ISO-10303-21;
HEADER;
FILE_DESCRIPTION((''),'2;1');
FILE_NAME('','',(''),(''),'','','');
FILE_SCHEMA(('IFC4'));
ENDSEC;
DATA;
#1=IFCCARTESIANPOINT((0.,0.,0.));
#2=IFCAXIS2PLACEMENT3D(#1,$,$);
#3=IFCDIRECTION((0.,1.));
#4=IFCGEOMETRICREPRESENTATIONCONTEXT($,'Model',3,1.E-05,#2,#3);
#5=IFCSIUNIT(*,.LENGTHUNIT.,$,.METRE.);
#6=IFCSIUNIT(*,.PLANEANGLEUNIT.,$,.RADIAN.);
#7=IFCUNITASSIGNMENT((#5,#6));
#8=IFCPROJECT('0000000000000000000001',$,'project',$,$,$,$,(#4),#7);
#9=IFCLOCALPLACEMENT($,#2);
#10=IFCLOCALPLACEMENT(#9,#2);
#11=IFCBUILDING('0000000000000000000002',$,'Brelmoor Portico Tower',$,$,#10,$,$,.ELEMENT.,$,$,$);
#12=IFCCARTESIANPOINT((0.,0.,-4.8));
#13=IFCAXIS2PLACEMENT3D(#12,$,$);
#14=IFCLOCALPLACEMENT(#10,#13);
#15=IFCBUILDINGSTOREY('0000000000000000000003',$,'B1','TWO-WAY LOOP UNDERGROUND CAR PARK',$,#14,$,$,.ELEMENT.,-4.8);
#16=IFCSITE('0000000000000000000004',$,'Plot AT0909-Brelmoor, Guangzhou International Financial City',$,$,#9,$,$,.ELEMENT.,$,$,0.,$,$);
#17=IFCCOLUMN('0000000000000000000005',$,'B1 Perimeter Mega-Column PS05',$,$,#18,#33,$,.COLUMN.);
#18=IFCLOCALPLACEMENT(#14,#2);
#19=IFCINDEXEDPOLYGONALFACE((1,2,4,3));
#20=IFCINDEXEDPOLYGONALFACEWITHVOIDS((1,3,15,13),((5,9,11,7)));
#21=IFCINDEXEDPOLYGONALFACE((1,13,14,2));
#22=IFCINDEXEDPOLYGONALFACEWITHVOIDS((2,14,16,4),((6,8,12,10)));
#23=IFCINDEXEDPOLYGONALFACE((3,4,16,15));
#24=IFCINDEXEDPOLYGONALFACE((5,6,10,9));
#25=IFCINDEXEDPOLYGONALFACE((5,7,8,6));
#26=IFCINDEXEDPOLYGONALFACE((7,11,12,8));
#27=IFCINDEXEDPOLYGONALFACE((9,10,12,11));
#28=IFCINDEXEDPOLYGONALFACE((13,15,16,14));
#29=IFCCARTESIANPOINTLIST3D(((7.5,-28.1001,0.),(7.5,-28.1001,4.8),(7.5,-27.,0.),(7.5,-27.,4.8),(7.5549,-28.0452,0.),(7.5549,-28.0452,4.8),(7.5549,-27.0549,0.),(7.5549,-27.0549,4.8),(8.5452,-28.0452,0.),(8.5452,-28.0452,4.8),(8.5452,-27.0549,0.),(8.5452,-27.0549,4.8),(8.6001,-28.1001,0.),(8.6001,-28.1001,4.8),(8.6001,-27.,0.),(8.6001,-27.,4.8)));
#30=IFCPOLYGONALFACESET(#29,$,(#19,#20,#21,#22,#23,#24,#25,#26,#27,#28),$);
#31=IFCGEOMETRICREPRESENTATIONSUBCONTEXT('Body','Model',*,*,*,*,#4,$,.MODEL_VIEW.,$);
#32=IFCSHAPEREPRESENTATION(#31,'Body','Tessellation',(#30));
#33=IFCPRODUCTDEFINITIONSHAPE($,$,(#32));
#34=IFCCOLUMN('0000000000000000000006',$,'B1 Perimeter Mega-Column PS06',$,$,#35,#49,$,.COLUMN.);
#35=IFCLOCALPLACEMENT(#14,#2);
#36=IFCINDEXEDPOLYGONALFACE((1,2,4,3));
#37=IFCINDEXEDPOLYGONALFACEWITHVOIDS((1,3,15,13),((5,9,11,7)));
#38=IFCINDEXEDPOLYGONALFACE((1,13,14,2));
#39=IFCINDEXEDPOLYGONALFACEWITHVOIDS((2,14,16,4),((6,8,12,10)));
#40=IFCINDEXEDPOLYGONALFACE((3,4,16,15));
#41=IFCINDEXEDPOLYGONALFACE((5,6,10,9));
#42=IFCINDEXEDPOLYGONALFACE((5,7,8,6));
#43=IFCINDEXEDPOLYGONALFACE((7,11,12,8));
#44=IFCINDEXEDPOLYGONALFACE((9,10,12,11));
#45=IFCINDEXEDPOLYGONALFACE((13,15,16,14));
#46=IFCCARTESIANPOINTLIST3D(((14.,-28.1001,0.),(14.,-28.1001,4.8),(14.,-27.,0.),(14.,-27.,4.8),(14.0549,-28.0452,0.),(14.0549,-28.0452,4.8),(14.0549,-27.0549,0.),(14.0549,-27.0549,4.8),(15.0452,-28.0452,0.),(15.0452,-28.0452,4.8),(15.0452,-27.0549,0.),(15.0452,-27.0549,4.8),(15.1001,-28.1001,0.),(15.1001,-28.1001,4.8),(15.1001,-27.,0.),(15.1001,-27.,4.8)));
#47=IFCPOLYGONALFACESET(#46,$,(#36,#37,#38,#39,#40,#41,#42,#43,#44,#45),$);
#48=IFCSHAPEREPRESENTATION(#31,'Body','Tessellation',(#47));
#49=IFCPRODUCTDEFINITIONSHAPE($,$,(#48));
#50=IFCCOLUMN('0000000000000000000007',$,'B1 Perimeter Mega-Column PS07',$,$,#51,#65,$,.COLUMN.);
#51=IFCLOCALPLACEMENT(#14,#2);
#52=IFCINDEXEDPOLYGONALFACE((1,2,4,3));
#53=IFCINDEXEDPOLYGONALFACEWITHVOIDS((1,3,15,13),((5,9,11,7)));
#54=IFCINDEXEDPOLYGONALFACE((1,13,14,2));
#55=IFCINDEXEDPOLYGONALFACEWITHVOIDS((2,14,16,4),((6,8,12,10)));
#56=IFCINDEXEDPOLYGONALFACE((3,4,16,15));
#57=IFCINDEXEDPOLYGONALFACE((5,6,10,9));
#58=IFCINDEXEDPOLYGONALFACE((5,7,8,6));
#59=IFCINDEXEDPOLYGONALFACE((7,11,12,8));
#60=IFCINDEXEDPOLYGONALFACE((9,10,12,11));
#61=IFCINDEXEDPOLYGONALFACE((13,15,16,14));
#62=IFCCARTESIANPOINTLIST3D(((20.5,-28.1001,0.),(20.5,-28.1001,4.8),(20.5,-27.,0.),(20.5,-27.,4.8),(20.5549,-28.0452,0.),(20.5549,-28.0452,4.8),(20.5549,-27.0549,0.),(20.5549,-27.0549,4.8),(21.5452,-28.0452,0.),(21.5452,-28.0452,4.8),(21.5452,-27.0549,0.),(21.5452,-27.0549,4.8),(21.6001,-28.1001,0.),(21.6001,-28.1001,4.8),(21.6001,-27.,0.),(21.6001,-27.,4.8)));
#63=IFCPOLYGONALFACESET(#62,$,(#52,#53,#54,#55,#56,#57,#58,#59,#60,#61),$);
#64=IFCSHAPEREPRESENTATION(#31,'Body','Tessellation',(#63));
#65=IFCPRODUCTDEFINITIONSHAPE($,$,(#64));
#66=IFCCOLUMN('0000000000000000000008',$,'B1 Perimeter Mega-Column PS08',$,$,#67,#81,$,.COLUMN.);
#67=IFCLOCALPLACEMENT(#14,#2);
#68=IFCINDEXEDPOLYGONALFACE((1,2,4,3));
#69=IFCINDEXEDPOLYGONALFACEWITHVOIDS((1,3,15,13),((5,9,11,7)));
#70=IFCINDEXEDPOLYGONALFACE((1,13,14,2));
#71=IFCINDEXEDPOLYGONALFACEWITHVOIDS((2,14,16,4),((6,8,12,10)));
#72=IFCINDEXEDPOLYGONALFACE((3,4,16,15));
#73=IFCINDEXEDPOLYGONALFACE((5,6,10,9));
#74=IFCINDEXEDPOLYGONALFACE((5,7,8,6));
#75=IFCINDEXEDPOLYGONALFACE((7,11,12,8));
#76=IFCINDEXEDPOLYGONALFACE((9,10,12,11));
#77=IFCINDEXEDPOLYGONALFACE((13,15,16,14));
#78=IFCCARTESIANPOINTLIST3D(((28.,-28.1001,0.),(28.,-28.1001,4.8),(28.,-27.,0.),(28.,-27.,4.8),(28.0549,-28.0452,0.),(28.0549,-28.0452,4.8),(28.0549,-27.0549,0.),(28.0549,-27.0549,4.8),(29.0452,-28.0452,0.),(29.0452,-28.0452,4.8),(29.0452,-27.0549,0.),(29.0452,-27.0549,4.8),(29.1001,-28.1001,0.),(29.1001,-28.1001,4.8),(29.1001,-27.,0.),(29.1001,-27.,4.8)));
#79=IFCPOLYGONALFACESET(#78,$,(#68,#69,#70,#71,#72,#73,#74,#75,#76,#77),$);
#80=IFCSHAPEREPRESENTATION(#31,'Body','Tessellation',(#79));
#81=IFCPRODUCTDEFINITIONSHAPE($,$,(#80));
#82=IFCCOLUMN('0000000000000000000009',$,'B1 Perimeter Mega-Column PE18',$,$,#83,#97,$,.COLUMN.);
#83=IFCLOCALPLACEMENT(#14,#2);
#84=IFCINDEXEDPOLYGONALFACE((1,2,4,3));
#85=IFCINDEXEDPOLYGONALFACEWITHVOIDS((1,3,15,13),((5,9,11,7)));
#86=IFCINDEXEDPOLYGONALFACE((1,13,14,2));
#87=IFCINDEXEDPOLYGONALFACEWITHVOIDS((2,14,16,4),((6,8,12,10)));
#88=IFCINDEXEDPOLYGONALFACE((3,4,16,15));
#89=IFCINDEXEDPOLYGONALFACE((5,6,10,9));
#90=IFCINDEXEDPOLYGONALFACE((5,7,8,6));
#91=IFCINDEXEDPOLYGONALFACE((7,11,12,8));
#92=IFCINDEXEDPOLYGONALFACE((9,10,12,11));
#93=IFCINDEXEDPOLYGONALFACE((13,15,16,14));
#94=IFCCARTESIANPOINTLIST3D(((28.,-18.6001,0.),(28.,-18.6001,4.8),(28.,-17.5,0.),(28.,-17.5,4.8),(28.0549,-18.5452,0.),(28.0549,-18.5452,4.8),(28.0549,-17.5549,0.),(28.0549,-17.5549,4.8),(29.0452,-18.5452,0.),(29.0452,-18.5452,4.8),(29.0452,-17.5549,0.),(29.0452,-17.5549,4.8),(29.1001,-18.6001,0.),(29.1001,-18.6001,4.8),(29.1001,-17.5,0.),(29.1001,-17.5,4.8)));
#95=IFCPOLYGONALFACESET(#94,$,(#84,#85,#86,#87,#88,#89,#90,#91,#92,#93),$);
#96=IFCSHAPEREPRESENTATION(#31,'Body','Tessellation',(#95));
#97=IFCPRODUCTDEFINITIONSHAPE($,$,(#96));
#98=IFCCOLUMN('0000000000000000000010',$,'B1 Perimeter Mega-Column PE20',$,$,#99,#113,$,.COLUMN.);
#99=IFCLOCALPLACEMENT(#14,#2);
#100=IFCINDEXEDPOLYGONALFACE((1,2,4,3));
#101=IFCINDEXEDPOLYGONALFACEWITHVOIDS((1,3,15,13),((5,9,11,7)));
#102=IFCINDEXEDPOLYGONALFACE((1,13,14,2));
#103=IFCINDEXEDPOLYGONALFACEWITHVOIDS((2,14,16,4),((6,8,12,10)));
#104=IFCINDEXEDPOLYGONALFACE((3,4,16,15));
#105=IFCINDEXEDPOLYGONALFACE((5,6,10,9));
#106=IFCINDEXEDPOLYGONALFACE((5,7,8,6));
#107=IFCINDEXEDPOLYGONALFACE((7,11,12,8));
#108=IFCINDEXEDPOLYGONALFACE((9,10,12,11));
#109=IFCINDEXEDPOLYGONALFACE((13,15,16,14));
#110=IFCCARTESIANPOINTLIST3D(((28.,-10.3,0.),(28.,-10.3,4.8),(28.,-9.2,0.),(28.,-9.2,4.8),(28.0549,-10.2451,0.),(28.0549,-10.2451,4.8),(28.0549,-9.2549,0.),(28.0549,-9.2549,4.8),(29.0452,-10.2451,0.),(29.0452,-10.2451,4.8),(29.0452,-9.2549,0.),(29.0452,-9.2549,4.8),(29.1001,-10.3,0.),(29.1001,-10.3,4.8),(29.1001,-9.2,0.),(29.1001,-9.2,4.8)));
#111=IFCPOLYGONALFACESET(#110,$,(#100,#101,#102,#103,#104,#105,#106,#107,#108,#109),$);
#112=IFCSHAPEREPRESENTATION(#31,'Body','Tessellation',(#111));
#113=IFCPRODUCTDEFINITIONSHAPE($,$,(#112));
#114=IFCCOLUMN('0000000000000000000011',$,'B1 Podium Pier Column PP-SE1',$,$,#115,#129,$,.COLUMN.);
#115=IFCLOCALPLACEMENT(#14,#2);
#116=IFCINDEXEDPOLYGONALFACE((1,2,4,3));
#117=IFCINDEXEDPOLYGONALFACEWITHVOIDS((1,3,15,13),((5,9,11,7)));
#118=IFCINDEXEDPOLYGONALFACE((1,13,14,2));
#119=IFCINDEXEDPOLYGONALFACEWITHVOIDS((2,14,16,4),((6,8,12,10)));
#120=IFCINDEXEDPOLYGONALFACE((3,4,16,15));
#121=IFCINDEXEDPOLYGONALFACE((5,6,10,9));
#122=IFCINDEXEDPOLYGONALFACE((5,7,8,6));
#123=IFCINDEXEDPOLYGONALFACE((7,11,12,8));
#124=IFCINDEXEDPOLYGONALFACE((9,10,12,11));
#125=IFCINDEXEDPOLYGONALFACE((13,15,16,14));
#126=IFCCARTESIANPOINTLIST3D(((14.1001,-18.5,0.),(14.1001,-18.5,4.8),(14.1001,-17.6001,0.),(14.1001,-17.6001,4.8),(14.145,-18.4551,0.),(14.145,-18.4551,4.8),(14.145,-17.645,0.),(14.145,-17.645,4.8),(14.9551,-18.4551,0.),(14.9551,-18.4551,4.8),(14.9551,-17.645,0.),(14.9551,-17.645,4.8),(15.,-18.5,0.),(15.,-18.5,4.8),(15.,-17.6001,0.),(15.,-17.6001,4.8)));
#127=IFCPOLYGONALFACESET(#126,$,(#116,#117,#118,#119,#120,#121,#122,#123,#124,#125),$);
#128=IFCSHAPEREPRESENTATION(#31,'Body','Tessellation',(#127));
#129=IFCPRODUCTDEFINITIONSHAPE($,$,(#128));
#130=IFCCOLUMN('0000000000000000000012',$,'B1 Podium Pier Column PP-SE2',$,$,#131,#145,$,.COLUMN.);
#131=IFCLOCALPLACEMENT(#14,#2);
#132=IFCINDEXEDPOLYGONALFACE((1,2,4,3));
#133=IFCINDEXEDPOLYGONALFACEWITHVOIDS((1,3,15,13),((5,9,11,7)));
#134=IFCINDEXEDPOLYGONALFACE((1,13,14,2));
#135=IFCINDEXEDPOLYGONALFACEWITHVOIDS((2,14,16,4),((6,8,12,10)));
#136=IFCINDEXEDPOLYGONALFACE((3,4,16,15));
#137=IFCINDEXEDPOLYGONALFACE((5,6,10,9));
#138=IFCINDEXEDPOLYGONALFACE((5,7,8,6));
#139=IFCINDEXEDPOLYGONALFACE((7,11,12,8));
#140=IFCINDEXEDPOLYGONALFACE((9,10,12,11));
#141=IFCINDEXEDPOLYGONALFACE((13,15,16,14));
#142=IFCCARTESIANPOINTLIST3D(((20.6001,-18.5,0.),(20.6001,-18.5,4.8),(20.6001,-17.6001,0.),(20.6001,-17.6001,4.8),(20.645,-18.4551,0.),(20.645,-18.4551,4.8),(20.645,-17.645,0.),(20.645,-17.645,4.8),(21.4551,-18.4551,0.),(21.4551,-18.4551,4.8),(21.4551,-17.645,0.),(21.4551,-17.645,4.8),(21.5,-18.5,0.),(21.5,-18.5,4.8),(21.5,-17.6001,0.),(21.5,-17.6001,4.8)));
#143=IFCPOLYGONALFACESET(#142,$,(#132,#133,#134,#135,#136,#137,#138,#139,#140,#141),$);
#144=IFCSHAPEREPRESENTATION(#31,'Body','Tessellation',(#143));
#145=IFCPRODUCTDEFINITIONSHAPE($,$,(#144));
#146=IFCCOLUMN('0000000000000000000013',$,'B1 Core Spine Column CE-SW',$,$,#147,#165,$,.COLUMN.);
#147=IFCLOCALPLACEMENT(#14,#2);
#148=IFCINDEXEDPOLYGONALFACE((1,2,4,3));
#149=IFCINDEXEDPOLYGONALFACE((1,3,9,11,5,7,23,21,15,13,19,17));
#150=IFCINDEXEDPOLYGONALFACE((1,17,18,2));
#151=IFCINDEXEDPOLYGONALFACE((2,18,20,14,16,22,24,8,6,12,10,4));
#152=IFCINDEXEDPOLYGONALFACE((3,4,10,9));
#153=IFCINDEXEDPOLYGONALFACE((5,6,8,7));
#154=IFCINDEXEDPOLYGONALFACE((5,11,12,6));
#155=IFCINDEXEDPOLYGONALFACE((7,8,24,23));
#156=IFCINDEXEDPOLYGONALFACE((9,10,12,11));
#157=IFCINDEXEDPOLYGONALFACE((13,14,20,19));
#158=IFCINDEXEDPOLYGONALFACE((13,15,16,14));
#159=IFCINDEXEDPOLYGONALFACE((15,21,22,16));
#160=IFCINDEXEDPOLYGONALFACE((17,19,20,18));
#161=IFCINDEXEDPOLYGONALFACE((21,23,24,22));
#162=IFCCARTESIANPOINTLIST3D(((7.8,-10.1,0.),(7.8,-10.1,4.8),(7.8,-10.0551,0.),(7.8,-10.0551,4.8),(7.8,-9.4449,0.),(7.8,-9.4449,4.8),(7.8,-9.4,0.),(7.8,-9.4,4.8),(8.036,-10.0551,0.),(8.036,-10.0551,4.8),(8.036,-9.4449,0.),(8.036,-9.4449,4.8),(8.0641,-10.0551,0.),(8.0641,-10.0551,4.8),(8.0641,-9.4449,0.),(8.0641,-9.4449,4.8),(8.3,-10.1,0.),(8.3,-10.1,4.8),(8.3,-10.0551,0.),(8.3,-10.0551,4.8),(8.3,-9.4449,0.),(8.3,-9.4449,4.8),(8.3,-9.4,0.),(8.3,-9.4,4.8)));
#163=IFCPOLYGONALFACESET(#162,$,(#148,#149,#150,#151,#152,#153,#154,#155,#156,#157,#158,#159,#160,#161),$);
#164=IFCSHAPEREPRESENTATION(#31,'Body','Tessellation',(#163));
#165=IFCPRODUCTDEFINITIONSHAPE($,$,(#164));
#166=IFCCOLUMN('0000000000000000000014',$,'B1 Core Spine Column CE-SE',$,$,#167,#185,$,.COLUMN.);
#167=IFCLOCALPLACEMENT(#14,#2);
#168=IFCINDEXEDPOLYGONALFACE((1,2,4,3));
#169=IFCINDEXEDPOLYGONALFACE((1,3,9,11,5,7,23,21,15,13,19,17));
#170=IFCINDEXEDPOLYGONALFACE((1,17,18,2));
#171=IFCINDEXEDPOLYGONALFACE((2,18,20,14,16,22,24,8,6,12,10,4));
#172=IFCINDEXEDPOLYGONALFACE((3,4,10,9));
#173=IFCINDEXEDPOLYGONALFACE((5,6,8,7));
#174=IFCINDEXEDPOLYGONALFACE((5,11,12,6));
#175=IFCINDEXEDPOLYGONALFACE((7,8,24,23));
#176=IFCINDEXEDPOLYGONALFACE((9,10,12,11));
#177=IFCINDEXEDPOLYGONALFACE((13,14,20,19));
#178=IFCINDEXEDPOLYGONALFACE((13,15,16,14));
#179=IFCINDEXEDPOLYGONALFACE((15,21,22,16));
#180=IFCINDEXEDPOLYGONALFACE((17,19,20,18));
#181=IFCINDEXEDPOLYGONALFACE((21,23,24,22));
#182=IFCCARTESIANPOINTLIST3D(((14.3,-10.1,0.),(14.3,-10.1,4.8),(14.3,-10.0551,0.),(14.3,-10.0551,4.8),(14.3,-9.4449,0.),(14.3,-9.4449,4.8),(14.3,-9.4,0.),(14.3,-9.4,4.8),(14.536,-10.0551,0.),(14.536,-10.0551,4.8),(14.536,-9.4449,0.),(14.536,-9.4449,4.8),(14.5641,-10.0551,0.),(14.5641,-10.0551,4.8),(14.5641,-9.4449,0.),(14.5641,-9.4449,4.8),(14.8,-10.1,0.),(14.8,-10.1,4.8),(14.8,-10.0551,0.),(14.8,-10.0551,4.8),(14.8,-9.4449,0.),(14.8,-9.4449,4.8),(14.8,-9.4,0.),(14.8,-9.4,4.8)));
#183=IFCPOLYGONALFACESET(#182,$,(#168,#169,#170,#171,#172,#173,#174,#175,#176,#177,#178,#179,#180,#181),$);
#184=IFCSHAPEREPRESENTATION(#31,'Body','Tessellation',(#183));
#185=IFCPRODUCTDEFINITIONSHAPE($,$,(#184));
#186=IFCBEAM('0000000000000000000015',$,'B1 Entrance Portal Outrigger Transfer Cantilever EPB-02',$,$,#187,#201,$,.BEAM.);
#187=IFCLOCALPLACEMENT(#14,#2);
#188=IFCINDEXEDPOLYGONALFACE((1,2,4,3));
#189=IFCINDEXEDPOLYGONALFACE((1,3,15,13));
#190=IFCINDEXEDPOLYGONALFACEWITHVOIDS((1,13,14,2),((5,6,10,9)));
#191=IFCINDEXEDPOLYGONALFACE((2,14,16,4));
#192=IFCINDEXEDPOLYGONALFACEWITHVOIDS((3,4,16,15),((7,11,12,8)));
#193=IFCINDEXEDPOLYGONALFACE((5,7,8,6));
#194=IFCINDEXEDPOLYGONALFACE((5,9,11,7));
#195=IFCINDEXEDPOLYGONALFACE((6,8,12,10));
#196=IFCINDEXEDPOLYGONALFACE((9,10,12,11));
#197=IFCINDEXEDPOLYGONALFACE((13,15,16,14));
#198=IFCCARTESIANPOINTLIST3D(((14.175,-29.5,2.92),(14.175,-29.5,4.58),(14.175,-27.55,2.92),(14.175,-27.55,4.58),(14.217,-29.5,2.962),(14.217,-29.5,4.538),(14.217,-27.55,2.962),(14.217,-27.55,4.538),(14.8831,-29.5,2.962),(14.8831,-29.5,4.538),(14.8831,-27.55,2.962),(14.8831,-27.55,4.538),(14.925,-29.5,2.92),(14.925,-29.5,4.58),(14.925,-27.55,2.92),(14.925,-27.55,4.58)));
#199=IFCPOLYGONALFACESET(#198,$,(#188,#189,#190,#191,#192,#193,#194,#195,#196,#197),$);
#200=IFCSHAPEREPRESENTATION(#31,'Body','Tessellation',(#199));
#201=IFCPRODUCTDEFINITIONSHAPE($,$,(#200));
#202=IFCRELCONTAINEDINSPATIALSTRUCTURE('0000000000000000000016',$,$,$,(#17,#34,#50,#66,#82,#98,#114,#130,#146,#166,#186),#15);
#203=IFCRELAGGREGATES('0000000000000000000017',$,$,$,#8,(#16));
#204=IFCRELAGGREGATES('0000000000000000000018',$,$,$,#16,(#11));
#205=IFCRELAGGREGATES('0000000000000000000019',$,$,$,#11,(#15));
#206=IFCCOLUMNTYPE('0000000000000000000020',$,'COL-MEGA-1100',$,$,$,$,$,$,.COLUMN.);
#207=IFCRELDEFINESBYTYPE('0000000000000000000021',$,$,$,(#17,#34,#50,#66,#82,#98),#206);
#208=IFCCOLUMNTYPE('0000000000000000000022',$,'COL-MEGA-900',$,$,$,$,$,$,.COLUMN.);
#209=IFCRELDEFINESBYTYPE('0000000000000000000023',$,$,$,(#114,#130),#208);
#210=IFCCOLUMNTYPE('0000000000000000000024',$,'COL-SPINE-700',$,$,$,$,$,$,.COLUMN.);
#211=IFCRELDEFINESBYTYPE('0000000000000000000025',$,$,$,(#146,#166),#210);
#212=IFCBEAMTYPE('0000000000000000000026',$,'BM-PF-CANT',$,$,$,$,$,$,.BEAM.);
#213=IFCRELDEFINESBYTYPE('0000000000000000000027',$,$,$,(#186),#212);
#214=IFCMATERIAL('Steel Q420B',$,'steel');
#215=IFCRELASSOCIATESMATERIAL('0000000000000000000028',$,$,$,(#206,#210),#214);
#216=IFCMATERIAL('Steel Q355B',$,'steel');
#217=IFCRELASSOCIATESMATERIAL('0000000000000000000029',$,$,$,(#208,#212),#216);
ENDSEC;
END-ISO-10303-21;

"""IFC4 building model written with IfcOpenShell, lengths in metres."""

from ifc_helpers import new_model, si_unit, direction, frame, origin, origin_2d, place, context, subcontext, project, spatial, hollow_rectangle, i_section, extrude, material, material_profile, profile_set, type_object, element, save


model = new_model("IFC4")

# Units and contexts
model_context = context("Model", 3, precision=1e-05, world=origin(), true_north=direction((0.0, 1.0)))
body_context = subcontext(model_context, "Body", "Model", "MODEL_VIEW")
ifc_project = project(units=[si_unit("LENGTHUNIT", "METRE"), si_unit("PLANEANGLEUNIT", "RADIAN")], contexts=[model_context])

# Site, building, storey
site_placement = place(None, origin())
site = spatial("IfcSite", under=ifc_project, at=site_placement, Name="Plot AT0909-Brelmoor, Guangzhou International Financial City", CompositionType="ELEMENT", RefElevation=0.0)
building_placement = place(site_placement, origin())
building = spatial("IfcBuilding", under=site, at=building_placement, Name="Brelmoor Portico Tower", CompositionType="ELEMENT")
storey_placement = place(building_placement, frame((0.0, 0.0, -4.8)))
storey = spatial("IfcBuildingStorey", under=building, at=storey_placement, Name="B1", Description="TWO-WAY LOOP UNDERGROUND CAR PARK", CompositionType="ELEMENT", Elevation=-4.8)

# Columns
ifc_material_1 = material(Name="Steel Q420B", Category="steel")
ifc_material_profile_1 = material_profile(ifc_material_1, hollow_rectangle(XDim=1.1001, YDim=1.1001, WallThickness=0.0549, at=origin_2d()), Name="BOX 1100x1100x55")
ifc_profile_set_1 = profile_set([ifc_material_profile_1], Name="Steel Q420B")
column_type_1 = type_object("IfcColumnType", Name="COL-MEGA-1100", PredefinedType="COLUMN", material=ifc_profile_set_1)
for number, where, z_axis, x_axis, name in (
    (1, (8.05, -27.55, 0.0), (0.0, 0.0, 1.0), (1.0, 0.0, 0.0), "B1 Perimeter Mega-Column PS05"),
    (2, (14.55, -27.55, 0.0), (0.0, 0.0, 1.0), (1.0, 0.0, 0.0), "B1 Perimeter Mega-Column PS06"),
    (3, (21.05, -27.55, 0.0), (0.0, 0.0, 1.0), (1.0, 0.0, 0.0), "B1 Perimeter Mega-Column PS07"),
    (4, (28.55, -27.55, 0.0), (0.0, 0.0, 1.0), (1.0, 0.0, 0.0), "B1 Perimeter Mega-Column PS08"),
    (5, (28.55, -18.05, 0.0), (0.0, 0.0, 1.0), (0.0, 1.0, 0.0), "B1 Perimeter Mega-Column PE18"),
    (6, (28.55, -9.75, 0.0), (0.0, 0.0, 1.0), (0.0, 1.0, 0.0), "B1 Perimeter Mega-Column PE20"),
):
    element("IfcColumn", number, at=place(storey_placement, frame(where, z_axis=z_axis, x_axis=x_axis)), inside=storey, type_object=column_type_1, Name=name, PredefinedType="COLUMN", context=body_context, shape_type="SweptSolid", body=[
        extrude(hollow_rectangle(XDim=1.1001, YDim=1.1001, WallThickness=0.0549, at=origin_2d()), origin(), (0.0, 0.0, 1.0), 4.8),
    ])
ifc_material_2 = material(Name="Steel Q355B", Category="steel")
ifc_material_profile_2 = material_profile(ifc_material_2, hollow_rectangle(XDim=0.8999, YDim=0.8999, WallThickness=0.0449, at=origin_2d()), Name="BOX 900x900x45")
ifc_profile_set_2 = profile_set([ifc_material_profile_2], Name="Steel Q355B")
column_type_2 = type_object("IfcColumnType", Name="COL-MEGA-900", PredefinedType="COLUMN", material=ifc_profile_set_2)
for number, where, z_axis, x_axis, name in (
    (7, (14.55, -18.05, 0.0), (0.0, 0.0, 1.0), (1.0, 0.0, 0.0), "B1 Podium Pier Column PP-SE1"),
    (8, (21.05, -18.05, 0.0), (0.0, 0.0, 1.0), (1.0, 0.0, 0.0), "B1 Podium Pier Column PP-SE2"),
):
    element("IfcColumn", number, at=place(storey_placement, frame(where, z_axis=z_axis, x_axis=x_axis)), inside=storey, type_object=column_type_2, Name=name, PredefinedType="COLUMN", context=body_context, shape_type="SweptSolid", body=[
        extrude(hollow_rectangle(XDim=0.8999, YDim=0.8999, WallThickness=0.0449, at=origin_2d()), origin(), (0.0, 0.0, 1.0), 4.8),
    ])
ifc_material_profile_3 = material_profile(ifc_material_1, i_section(OverallWidth=0.5, OverallDepth=0.7, WebThickness=0.0281, FlangeThickness=0.0449, at=origin_2d()), Name="HW 700x500x28x45")
ifc_profile_set_3 = profile_set([ifc_material_profile_3], Name="Steel Q420B")
column_type_3 = type_object("IfcColumnType", Name="COL-SPINE-700", PredefinedType="COLUMN", material=ifc_profile_set_3)
for number, where, z_axis, x_axis, name in (
    (9, (8.05, -9.75, 0.0), (0.0, 0.0, 1.0), (1.0, 0.0, 0.0), "B1 Core Spine Column CE-SW"),
    (10, (14.55, -9.75, 0.0), (0.0, 0.0, 1.0), (1.0, 0.0, 0.0), "B1 Core Spine Column CE-SE"),
):
    element("IfcColumn", number, at=place(storey_placement, frame(where, z_axis=z_axis, x_axis=x_axis)), inside=storey, type_object=column_type_3, Name=name, PredefinedType="COLUMN", context=body_context, shape_type="SweptSolid", body=[
        extrude(i_section(OverallWidth=0.5, OverallDepth=0.7, WebThickness=0.0281, FlangeThickness=0.0449, at=origin_2d()), origin(), (0.0, 0.0, 1.0), 4.8),
    ])

# Beam
ifc_material_profile_4 = material_profile(ifc_material_2, hollow_rectangle(XDim=0.75, YDim=1.6599, WallThickness=0.042, at=origin_2d()), Name="BOX 750x1660x42")
ifc_profile_set_4 = profile_set([ifc_material_profile_4], Name="Steel Q355B")
beam_type_1 = type_object("IfcBeamType", Name="BM-PF-CANT", PredefinedType="BEAM", material=ifc_profile_set_4)
beam_1_placement = place(storey_placement, frame((14.55, -29.5, 3.75), z_axis=(0.0, 1.0, 0.0), x_axis=(-1.0, 0.0, 0.0)))
element("IfcBeam", 11, at=beam_1_placement, inside=storey, type_object=beam_type_1, Name="B1 Entrance Portal Outrigger Transfer Cantilever EPB-02", PredefinedType="BEAM", context=body_context, shape_type="SweptSolid", body=[
    extrude(hollow_rectangle(XDim=0.75, YDim=1.6599, WallThickness=0.042, at=origin_2d()), origin(), (0.0, 0.0, 1.0), 1.95),
])

save(model, "model.ifc")
